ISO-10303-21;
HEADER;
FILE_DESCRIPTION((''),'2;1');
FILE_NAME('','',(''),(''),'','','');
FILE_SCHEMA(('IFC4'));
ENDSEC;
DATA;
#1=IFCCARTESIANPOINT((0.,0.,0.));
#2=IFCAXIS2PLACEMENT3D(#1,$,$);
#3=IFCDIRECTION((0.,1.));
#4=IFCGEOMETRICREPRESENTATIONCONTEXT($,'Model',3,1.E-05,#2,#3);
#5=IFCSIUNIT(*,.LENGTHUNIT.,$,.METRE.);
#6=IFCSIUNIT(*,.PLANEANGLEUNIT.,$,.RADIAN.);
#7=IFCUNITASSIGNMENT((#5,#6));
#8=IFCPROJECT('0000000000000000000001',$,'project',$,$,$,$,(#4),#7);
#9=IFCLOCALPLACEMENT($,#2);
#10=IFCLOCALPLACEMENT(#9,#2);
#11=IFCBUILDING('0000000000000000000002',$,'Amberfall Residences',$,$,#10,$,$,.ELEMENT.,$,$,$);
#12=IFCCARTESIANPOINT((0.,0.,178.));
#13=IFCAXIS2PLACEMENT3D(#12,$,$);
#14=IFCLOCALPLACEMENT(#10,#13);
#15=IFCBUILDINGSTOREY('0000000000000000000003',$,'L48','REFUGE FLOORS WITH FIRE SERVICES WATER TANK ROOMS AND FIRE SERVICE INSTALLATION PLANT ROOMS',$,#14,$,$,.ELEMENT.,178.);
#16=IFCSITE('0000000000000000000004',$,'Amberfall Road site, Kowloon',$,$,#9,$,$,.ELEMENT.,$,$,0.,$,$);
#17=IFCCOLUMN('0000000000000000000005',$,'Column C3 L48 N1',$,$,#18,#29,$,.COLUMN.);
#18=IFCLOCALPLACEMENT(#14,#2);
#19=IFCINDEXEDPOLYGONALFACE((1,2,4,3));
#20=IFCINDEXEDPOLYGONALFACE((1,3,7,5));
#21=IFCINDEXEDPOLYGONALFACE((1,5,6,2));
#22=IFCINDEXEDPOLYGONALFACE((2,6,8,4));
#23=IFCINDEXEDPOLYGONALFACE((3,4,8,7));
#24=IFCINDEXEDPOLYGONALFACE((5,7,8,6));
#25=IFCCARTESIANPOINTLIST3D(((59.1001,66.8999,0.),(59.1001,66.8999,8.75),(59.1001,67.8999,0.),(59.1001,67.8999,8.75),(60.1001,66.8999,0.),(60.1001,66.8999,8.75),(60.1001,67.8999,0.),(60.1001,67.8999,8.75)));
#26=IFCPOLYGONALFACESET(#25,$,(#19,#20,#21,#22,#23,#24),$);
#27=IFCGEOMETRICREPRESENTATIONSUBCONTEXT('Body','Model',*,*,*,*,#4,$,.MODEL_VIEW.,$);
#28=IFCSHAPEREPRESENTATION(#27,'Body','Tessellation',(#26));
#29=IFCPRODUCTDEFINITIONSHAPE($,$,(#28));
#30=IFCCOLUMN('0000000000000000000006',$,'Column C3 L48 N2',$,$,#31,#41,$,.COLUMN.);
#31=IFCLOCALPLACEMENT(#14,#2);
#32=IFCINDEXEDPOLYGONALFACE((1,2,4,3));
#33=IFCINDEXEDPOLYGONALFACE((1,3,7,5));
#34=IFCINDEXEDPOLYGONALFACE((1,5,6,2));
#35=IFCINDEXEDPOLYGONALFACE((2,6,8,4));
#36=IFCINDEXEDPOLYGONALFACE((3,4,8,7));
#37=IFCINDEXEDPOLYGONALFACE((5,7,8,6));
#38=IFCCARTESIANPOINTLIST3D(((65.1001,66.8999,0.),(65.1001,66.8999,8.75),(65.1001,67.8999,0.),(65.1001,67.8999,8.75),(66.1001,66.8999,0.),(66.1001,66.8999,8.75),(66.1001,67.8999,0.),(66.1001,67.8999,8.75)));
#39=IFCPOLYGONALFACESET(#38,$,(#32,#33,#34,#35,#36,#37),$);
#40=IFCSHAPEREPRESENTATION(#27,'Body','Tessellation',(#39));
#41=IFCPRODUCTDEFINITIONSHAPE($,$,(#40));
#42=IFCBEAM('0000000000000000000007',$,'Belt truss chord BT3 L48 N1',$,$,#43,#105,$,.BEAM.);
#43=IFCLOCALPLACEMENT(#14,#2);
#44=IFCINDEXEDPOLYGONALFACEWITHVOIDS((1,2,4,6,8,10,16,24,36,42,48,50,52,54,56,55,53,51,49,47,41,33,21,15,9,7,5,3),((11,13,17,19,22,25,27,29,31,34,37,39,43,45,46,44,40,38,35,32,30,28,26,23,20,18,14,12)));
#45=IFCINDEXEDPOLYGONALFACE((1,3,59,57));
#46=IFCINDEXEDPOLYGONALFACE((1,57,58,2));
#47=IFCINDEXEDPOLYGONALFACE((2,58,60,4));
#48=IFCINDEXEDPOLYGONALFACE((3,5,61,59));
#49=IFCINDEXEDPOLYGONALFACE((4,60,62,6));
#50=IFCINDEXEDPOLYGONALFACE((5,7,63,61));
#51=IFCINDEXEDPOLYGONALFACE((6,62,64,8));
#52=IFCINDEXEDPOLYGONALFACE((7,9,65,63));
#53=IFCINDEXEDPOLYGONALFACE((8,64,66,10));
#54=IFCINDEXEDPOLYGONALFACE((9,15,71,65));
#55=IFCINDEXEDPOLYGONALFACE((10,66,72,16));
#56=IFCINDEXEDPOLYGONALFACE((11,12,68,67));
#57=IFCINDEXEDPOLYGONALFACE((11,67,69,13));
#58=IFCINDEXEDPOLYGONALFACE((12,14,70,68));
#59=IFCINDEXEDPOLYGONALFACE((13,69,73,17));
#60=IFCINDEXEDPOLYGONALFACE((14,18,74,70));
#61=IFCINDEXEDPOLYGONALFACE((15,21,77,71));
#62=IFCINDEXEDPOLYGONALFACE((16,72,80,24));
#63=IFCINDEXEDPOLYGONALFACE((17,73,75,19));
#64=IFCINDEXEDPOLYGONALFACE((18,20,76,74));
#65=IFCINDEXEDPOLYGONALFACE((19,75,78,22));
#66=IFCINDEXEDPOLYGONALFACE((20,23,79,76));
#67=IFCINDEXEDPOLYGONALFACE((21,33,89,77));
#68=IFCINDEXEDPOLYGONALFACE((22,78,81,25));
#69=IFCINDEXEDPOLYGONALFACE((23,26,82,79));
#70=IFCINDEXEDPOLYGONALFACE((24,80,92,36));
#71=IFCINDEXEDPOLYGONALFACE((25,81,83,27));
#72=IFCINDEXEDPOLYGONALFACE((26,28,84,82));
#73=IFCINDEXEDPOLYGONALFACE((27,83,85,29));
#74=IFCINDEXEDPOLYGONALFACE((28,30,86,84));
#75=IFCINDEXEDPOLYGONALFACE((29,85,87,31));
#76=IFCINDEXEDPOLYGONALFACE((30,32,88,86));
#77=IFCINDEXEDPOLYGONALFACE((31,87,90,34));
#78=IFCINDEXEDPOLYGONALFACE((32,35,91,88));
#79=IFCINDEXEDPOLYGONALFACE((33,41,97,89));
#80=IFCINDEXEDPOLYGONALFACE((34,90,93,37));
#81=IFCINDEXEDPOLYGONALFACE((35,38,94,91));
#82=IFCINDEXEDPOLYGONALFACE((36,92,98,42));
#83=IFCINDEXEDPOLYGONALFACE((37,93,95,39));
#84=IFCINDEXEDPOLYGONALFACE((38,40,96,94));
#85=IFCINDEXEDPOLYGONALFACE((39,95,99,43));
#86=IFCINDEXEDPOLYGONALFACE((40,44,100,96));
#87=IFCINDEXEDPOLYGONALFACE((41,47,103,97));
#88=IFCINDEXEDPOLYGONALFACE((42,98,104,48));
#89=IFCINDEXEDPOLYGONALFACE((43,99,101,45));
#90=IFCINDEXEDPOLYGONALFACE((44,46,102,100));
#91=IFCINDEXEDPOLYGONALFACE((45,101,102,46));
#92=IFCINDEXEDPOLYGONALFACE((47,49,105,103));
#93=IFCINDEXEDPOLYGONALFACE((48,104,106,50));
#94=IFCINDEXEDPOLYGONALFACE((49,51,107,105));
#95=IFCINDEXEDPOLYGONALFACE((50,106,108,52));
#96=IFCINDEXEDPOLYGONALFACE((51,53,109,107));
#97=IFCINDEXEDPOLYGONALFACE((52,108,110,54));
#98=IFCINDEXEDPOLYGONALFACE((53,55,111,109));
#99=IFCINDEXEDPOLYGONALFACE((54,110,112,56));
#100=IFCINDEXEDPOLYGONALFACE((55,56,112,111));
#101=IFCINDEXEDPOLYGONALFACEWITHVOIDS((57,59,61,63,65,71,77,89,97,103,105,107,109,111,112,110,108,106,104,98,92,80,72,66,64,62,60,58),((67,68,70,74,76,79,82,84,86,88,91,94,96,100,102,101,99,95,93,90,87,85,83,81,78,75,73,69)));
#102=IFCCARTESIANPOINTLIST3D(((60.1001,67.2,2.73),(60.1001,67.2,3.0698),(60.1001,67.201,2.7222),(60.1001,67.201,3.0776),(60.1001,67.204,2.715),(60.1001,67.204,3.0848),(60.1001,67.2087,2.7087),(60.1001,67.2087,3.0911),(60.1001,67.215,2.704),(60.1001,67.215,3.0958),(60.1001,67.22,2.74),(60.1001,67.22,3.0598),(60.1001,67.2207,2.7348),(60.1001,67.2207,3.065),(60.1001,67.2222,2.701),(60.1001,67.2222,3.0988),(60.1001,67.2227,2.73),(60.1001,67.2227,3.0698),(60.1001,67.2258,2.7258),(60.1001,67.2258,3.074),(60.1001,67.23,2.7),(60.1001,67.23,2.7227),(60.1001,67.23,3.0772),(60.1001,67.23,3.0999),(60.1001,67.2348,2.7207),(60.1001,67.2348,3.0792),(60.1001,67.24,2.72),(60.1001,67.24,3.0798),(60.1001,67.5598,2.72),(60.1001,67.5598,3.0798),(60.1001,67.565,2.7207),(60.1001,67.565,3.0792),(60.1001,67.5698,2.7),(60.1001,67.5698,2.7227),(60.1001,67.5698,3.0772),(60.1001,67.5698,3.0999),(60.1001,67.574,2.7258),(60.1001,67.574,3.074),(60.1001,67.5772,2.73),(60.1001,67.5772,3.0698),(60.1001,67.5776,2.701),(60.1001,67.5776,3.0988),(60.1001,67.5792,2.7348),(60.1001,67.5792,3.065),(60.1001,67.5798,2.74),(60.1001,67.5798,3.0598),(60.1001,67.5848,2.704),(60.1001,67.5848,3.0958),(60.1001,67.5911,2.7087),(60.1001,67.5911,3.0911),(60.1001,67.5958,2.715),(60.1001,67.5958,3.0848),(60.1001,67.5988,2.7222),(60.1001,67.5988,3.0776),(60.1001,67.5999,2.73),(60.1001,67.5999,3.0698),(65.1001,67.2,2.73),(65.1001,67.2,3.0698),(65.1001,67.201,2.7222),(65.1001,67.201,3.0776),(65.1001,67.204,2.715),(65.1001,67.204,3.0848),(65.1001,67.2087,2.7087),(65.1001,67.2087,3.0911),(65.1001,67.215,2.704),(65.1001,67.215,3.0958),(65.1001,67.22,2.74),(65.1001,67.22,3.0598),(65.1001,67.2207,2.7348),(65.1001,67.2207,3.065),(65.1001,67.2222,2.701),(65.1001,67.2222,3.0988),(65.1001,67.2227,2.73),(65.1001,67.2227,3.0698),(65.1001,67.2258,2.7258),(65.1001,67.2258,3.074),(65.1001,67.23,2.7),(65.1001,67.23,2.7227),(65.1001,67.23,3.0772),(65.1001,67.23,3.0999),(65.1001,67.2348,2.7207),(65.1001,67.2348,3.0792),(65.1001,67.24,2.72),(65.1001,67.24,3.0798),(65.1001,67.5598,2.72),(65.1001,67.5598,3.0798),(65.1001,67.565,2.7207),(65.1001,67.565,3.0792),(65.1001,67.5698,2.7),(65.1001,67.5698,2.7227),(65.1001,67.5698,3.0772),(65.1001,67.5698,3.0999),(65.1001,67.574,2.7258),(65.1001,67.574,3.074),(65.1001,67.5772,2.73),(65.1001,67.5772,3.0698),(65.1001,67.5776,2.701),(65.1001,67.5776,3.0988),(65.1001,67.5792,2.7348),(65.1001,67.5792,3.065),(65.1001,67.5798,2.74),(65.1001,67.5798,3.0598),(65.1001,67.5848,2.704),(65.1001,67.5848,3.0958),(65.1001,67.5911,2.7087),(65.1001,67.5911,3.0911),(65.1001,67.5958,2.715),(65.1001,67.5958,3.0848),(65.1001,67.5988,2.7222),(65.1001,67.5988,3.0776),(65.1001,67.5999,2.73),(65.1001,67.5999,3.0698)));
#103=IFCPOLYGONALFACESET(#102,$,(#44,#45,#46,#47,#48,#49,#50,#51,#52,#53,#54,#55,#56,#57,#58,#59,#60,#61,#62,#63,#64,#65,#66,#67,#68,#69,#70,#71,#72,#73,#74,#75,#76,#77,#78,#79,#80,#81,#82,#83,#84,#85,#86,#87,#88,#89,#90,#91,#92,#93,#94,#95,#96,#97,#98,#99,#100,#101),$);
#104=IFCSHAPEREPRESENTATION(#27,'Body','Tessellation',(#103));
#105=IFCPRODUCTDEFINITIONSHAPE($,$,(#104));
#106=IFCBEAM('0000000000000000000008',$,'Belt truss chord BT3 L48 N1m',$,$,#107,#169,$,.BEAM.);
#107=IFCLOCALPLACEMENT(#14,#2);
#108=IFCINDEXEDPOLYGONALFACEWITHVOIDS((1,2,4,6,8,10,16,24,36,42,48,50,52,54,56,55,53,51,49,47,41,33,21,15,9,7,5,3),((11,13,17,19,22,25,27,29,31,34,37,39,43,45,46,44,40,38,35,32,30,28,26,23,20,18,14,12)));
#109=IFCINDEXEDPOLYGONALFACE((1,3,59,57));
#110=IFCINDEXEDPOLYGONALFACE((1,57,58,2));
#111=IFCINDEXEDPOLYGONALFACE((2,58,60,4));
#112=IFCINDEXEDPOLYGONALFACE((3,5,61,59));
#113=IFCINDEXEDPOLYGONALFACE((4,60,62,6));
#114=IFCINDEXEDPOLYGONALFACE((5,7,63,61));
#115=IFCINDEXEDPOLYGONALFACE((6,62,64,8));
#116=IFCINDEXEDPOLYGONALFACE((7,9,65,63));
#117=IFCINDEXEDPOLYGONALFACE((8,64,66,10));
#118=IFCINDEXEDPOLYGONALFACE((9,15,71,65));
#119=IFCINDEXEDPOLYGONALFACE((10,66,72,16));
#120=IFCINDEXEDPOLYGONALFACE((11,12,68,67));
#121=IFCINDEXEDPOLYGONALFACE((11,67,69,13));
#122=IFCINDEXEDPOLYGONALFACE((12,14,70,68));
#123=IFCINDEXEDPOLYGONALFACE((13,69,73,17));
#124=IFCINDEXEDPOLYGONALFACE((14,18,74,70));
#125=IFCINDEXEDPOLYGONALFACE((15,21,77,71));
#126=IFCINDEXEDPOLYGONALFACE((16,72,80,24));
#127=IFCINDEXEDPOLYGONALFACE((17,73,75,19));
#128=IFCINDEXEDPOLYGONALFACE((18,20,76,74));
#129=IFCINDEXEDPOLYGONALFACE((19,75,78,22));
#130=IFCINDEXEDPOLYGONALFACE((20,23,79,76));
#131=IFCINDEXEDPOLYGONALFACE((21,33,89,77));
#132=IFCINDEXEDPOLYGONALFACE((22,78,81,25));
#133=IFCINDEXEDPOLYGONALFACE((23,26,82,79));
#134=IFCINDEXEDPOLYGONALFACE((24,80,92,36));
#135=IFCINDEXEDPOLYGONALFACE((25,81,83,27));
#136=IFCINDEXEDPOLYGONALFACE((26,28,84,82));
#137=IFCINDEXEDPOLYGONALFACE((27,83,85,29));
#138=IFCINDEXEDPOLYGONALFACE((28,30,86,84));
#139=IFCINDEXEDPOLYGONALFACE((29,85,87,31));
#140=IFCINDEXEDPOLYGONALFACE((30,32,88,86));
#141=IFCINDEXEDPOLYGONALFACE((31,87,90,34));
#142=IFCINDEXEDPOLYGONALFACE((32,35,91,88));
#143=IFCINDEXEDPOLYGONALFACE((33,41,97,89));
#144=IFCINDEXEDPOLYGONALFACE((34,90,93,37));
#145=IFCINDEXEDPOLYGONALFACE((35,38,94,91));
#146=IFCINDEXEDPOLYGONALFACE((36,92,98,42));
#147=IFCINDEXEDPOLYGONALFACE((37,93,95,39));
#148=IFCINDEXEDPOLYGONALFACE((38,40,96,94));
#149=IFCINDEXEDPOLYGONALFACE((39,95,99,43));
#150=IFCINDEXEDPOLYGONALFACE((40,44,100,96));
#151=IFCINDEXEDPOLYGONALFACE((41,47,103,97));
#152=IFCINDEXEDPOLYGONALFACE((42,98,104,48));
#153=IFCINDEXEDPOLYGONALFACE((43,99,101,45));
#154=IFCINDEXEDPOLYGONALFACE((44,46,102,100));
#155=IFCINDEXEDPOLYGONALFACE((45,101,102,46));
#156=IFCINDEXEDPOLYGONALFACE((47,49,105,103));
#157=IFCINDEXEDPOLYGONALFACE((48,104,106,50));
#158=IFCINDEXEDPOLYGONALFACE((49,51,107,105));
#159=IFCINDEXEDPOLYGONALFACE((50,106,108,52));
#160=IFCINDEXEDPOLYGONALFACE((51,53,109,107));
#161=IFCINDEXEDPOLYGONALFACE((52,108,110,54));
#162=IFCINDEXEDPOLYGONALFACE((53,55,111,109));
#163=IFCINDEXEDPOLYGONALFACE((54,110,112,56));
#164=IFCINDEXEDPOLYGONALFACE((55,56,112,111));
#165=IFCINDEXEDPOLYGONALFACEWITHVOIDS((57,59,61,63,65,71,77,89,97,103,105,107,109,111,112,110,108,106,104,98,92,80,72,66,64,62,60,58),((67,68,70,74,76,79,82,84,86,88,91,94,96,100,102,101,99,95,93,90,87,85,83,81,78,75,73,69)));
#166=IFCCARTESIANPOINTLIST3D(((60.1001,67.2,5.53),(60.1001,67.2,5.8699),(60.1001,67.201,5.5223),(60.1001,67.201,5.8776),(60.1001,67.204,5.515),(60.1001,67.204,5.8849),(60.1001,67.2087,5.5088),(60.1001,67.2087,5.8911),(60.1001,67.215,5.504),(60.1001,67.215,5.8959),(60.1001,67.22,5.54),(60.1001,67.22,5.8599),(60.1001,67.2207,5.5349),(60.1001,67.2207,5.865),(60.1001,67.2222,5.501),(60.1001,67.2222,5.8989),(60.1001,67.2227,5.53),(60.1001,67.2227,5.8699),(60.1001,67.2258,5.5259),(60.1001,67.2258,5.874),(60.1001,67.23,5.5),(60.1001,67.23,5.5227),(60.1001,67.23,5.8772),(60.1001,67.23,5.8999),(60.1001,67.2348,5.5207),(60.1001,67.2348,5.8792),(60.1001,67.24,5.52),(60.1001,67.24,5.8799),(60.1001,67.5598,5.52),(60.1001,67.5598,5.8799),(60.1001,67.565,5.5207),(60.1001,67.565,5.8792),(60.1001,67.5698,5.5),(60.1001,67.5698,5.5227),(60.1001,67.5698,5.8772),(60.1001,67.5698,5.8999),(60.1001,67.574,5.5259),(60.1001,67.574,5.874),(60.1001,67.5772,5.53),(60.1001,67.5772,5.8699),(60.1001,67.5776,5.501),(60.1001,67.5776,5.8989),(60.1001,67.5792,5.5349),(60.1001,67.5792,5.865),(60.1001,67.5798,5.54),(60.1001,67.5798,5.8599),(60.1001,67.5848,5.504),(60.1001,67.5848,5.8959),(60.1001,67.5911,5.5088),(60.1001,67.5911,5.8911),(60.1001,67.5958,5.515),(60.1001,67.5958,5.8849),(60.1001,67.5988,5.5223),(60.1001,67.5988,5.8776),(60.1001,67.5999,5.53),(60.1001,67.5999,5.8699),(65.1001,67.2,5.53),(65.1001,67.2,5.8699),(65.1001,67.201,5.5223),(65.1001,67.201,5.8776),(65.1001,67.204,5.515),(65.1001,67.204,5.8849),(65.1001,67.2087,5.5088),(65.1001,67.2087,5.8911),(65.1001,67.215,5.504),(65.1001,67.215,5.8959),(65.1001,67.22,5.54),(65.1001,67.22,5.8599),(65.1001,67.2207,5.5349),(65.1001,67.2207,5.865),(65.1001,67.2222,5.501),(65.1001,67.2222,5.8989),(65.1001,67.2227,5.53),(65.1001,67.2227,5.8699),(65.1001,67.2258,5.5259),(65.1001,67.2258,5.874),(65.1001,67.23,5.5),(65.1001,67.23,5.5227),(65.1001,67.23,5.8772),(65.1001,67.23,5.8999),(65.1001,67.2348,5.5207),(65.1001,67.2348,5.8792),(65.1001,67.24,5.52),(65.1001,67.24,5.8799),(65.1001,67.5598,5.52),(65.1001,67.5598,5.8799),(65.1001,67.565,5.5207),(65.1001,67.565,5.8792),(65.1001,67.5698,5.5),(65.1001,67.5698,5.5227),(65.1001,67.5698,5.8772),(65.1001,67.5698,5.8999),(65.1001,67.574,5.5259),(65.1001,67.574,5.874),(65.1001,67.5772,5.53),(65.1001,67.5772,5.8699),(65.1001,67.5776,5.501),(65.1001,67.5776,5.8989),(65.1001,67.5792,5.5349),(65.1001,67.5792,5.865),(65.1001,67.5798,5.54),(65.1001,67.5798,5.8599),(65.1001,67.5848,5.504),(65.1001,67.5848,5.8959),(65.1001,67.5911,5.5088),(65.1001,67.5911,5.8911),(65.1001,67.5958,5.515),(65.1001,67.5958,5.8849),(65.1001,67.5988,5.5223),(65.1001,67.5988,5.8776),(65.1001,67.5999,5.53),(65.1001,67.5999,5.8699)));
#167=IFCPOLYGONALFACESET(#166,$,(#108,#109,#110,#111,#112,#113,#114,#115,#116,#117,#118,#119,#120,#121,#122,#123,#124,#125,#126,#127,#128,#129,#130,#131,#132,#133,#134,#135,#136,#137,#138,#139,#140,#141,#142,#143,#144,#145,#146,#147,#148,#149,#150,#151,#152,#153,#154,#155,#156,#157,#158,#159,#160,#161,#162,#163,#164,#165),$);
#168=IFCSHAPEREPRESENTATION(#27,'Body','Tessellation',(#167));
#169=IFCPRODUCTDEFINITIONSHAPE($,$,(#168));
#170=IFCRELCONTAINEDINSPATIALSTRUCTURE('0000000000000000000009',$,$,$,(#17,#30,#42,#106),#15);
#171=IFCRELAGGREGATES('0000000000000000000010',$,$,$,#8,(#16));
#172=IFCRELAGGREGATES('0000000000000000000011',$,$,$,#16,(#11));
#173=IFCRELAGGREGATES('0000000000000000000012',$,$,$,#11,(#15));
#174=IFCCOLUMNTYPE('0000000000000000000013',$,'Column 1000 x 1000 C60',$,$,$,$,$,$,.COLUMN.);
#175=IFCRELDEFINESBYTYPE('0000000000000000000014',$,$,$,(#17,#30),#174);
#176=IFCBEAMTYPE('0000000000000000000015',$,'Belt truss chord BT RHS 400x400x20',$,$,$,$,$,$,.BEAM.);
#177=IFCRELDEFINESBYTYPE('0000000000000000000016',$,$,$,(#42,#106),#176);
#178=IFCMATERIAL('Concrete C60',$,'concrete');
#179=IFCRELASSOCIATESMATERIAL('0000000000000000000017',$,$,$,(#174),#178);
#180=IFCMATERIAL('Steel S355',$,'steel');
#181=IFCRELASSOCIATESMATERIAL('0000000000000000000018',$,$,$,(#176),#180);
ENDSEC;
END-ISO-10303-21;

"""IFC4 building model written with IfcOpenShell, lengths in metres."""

from ifc_helpers import new_model, si_unit, direction, frame, origin, origin_2d, place, context, subcontext, project, spatial, rectangle, hollow_rectangle, extrude, material, material_profile, profile_set, type_object, element, save


model = new_model("IFC4")

# Units and contexts
model_context = context("Model", 3, precision=1e-05, world=origin(), true_north=direction((0.0, 1.0)))
body_context = subcontext(model_context, "Body", "Model", "MODEL_VIEW")
ifc_project = project(units=[si_unit("LENGTHUNIT", "METRE"), si_unit("PLANEANGLEUNIT", "RADIAN")], contexts=[model_context])

# Site, building, storey
site_placement = place(None, origin())
site = spatial("IfcSite", under=ifc_project, at=site_placement, Name="Amberfall Road site, Kowloon", CompositionType="ELEMENT", RefElevation=0.0)
building_placement = place(site_placement, origin())
building = spatial("IfcBuilding", under=site, at=building_placement, Name="Amberfall Residences", CompositionType="ELEMENT")
storey_placement = place(building_placement, frame((0.0, 0.0, 178.0)))
storey = spatial("IfcBuildingStorey", under=building, at=storey_placement, Name="L48", Description="REFUGE FLOORS WITH FIRE SERVICES WATER TANK ROOMS AND FIRE SERVICE INSTALLATION PLANT ROOMS", CompositionType="ELEMENT", Elevation=178.0)

# Columns
ifc_material_1 = material(Name="Concrete C60", Category="concrete")
ifc_material_profile_1 = material_profile(ifc_material_1, rectangle(XDim=1.0, YDim=1.0, at=origin_2d()), Name="Column 1000 x 1000 C60")
ifc_profile_set_1 = profile_set([ifc_material_profile_1], Name="Concrete C60")
column_type = type_object("IfcColumnType", Name="Column 1000 x 1000 C60", PredefinedType="COLUMN", material=ifc_profile_set_1)
for number, where, z_axis, x_axis, name in (
    (1, (59.6001, 67.3999, 0.0), (0.0, 0.0, 1.0), (1.0, 0.0, 0.0), "Column C3 L48 N1"),
    (2, (65.6001, 67.3999, 0.0), (0.0, 0.0, 1.0), (1.0, 0.0, 0.0), "Column C3 L48 N2"),
):
    element("IfcColumn", number, at=place(storey_placement, frame(where, z_axis=z_axis, x_axis=x_axis)), inside=storey, type_object=column_type, Name=name, PredefinedType="COLUMN", context=body_context, shape_type="SweptSolid", body=[
        extrude(rectangle(XDim=1.0, YDim=1.0, at=origin_2d()), origin(), (0.0, 0.0, 1.0), 8.75),
    ])

# Beams
ifc_material_2 = material(Name="Steel S355", Category="steel")
ifc_material_profile_2 = material_profile(ifc_material_2, hollow_rectangle(XDim=0.3999, YDim=0.3999, WallThickness=0.02, InnerFilletRadius=0.02, OuterFilletRadius=0.03, at=origin_2d()), Name="RHS 400x400x20")
ifc_profile_set_2 = profile_set([ifc_material_profile_2], Name="Steel S355")
beam_type_1 = type_object("IfcBeamType", Name="Belt truss chord BT RHS 400x400x20", PredefinedType="BEAM", material=ifc_profile_set_2)
for number, where, z_axis, x_axis, name in (
    (3, (60.1001, 67.3999, 2.8999), (1.0, 0.0, 0.0), (0.0, 1.0, 0.0), "Belt truss chord BT3 L48 N1"),
    (4, (60.1001, 67.3999, 5.7), (1.0, 0.0, 0.0), (0.0, 1.0, 0.0), "Belt truss chord BT3 L48 N1m"),
):
    element("IfcBeam", number, at=place(storey_placement, frame(where, z_axis=z_axis, x_axis=x_axis)), inside=storey, type_object=beam_type_1, Name=name, PredefinedType="BEAM", context=body_context, shape_type="SweptSolid", body=[
        extrude(hollow_rectangle(XDim=0.3999, YDim=0.3999, WallThickness=0.02, InnerFilletRadius=0.02, OuterFilletRadius=0.03, at=origin_2d()), origin(), (0.0, 0.0, 1.0), 5.0),
    ])

save(model, "model.ifc")
